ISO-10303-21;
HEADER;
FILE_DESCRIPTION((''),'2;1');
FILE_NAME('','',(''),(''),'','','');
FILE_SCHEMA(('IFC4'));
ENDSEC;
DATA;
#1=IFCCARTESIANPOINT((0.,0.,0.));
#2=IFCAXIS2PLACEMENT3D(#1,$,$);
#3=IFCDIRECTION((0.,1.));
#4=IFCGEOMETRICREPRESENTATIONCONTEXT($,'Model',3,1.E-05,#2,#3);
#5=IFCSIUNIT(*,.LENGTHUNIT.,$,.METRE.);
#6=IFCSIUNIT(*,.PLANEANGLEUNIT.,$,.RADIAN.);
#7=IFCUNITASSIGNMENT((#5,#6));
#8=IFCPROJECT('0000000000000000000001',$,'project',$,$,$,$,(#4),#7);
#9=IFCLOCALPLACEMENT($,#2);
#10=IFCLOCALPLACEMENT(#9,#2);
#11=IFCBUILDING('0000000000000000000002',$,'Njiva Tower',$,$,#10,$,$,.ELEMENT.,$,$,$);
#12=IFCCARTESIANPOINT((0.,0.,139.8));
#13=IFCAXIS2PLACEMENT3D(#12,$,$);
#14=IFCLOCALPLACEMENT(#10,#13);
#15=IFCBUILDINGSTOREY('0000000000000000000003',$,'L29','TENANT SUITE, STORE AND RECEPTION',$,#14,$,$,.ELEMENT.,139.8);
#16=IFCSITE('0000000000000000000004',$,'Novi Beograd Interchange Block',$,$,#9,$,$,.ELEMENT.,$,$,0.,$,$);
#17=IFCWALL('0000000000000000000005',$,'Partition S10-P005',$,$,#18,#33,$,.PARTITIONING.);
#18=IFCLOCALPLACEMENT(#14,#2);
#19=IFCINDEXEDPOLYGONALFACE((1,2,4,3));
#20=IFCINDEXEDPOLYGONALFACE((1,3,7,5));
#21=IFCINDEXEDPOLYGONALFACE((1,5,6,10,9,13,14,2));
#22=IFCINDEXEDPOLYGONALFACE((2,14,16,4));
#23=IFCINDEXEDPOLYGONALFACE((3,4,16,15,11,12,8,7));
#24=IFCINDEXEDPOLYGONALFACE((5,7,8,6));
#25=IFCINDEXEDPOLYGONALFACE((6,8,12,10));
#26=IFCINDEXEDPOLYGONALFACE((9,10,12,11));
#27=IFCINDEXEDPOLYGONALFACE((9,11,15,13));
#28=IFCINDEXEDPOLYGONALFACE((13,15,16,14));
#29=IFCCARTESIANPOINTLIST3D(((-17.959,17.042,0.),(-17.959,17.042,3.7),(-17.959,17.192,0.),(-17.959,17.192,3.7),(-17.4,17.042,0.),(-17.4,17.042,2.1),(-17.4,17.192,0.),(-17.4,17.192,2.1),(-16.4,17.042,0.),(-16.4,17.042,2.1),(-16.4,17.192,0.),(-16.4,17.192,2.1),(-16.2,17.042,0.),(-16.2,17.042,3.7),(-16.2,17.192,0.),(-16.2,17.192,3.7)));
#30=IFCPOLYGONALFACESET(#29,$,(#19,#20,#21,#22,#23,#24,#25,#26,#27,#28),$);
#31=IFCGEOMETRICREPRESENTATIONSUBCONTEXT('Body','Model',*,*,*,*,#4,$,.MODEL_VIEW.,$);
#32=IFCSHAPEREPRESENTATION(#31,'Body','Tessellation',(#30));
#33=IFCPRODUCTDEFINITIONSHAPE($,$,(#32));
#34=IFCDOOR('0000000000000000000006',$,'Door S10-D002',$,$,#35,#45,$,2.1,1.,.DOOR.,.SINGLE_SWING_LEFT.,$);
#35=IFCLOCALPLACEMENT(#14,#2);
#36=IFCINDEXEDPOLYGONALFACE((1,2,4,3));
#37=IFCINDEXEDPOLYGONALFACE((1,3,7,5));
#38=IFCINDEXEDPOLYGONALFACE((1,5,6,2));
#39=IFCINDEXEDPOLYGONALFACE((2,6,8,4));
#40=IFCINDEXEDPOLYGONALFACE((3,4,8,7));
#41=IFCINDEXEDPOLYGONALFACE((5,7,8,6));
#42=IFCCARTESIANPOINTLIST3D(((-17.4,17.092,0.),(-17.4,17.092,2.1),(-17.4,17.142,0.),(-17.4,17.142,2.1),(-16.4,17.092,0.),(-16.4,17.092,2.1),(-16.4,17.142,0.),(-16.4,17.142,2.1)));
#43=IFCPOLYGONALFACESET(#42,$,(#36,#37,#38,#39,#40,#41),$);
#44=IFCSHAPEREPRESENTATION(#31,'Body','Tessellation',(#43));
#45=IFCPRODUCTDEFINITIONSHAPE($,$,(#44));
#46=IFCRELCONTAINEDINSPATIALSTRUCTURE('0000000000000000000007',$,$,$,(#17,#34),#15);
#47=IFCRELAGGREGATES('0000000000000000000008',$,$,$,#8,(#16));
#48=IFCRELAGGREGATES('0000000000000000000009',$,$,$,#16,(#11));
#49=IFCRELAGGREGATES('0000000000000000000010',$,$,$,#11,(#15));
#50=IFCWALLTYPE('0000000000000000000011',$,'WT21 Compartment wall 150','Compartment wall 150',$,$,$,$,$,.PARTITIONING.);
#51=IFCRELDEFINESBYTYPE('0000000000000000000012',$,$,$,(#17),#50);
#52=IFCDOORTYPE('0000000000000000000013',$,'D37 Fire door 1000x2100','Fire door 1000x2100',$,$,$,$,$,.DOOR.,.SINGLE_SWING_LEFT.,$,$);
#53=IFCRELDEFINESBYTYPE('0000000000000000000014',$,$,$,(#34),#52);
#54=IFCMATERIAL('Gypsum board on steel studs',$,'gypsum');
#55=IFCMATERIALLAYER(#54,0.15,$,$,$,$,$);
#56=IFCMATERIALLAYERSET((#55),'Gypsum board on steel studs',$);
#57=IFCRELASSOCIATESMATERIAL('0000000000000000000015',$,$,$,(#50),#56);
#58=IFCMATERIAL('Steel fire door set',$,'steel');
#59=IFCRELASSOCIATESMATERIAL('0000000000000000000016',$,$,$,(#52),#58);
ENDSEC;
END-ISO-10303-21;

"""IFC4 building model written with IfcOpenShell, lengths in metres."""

from ifc_helpers import new_model, si_unit, direction, frame, frame_2d, origin, place, context, subcontext, project, spatial, rectangle, extrude, material, layer, layer_set, type_object, element, fill, save


model = new_model("IFC4")

# Units and contexts
model_context = context("Model", 3, precision=1e-05, world=origin(), true_north=direction((0.0, 1.0)))
body_context = subcontext(model_context, "Body", "Model", "MODEL_VIEW")
ifc_project = project(units=[si_unit("LENGTHUNIT", "METRE"), si_unit("PLANEANGLEUNIT", "RADIAN")], contexts=[model_context])

# Site, building, storey
site_placement = place(None, origin())
site = spatial("IfcSite", under=ifc_project, at=site_placement, Name="Novi Beograd Interchange Block", CompositionType="ELEMENT", RefElevation=0.0)
building_placement = place(site_placement, origin())
building = spatial("IfcBuilding", under=site, at=building_placement, Name="Njiva Tower", CompositionType="ELEMENT")
storey_placement = place(building_placement, frame((0.0, 0.0, 139.8)))
storey = spatial("IfcBuildingStorey", under=building, at=storey_placement, Name="L29", Description="TENANT SUITE, STORE AND RECEPTION", CompositionType="ELEMENT", Elevation=139.8)

# Shared definitions
ifc_material_1 = material(Name="Gypsum board on steel studs", Category="gypsum")

# Wall, opening, door
ifc_layer_1 = layer(ifc_material_1, 0.15)
ifc_layer_set_1 = layer_set([ifc_layer_1], Name="Gypsum board on steel studs")
wall_type_1 = type_object("IfcWallType", Name="WT21 Compartment wall 150", Description="Compartment wall 150", PredefinedType="PARTITIONING", material=ifc_layer_set_1)
ifc_material_2 = material(Name="Steel fire door set", Category="steel")
door_type = type_object("IfcDoorType", Name="D37 Fire door 1000x2100", Description="Fire door 1000x2100", OperationType="SINGLE_SWING_LEFT", PredefinedType="DOOR", material=ifc_material_2)
wall_1_placement = place(storey_placement, frame((-17.959, 17.117, 0.0), z_axis=(0.0, 0.0, 1.0), x_axis=(1.0, 0.0, 0.0)))
wall_1 = element("IfcWall", 1, at=wall_1_placement, inside=storey, type_object=wall_type_1, Name="Partition S10-P005", PredefinedType="PARTITIONING", context=body_context, shape_type="SweptSolid", body=[
    extrude(rectangle(XDim=1.759, YDim=0.15, at=frame_2d((0.8795, 0.0))), origin(), (0.0, 0.0, 1.0), 3.7),
])
opening_1_placement = place(wall_1_placement, frame((0.559, 0.0, 0.0)))
opening_1 = element("IfcOpeningElement", 2, at=opening_1_placement, cuts=wall_1, PredefinedType="OPENING", context=body_context, shape_type="SweptSolid", body=[
    extrude(rectangle(XDim=1.0, YDim=2.1, at=frame_2d((0.5, 1.05))), frame((0.0, 0.085, 0.0), z_axis=(0.0, -1.0, 0.0), x_axis=(1.0, 0.0, 0.0)), (0.0, 0.0, 1.0), 0.17),
])
door_1_placement = place(opening_1_placement, origin())
door_1 = element("IfcDoor", 3, at=door_1_placement, inside=storey, type_object=door_type, Name="Door S10-D002", OperationType="SINGLE_SWING_LEFT", OverallHeight=2.1, OverallWidth=1.0, PredefinedType="DOOR", context=body_context, shape_type="SweptSolid", body=[
    extrude(rectangle(XDim=1.0, YDim=2.1, at=frame_2d((0.5, 1.05))), frame((0.0, 0.025, 0.0), z_axis=(0.0, -1.0, 0.0), x_axis=(1.0, 0.0, 0.0)), (0.0, 0.0, 1.0), 0.05),
])
fill(opening_1, door_1)

save(model, "model.ifc")
